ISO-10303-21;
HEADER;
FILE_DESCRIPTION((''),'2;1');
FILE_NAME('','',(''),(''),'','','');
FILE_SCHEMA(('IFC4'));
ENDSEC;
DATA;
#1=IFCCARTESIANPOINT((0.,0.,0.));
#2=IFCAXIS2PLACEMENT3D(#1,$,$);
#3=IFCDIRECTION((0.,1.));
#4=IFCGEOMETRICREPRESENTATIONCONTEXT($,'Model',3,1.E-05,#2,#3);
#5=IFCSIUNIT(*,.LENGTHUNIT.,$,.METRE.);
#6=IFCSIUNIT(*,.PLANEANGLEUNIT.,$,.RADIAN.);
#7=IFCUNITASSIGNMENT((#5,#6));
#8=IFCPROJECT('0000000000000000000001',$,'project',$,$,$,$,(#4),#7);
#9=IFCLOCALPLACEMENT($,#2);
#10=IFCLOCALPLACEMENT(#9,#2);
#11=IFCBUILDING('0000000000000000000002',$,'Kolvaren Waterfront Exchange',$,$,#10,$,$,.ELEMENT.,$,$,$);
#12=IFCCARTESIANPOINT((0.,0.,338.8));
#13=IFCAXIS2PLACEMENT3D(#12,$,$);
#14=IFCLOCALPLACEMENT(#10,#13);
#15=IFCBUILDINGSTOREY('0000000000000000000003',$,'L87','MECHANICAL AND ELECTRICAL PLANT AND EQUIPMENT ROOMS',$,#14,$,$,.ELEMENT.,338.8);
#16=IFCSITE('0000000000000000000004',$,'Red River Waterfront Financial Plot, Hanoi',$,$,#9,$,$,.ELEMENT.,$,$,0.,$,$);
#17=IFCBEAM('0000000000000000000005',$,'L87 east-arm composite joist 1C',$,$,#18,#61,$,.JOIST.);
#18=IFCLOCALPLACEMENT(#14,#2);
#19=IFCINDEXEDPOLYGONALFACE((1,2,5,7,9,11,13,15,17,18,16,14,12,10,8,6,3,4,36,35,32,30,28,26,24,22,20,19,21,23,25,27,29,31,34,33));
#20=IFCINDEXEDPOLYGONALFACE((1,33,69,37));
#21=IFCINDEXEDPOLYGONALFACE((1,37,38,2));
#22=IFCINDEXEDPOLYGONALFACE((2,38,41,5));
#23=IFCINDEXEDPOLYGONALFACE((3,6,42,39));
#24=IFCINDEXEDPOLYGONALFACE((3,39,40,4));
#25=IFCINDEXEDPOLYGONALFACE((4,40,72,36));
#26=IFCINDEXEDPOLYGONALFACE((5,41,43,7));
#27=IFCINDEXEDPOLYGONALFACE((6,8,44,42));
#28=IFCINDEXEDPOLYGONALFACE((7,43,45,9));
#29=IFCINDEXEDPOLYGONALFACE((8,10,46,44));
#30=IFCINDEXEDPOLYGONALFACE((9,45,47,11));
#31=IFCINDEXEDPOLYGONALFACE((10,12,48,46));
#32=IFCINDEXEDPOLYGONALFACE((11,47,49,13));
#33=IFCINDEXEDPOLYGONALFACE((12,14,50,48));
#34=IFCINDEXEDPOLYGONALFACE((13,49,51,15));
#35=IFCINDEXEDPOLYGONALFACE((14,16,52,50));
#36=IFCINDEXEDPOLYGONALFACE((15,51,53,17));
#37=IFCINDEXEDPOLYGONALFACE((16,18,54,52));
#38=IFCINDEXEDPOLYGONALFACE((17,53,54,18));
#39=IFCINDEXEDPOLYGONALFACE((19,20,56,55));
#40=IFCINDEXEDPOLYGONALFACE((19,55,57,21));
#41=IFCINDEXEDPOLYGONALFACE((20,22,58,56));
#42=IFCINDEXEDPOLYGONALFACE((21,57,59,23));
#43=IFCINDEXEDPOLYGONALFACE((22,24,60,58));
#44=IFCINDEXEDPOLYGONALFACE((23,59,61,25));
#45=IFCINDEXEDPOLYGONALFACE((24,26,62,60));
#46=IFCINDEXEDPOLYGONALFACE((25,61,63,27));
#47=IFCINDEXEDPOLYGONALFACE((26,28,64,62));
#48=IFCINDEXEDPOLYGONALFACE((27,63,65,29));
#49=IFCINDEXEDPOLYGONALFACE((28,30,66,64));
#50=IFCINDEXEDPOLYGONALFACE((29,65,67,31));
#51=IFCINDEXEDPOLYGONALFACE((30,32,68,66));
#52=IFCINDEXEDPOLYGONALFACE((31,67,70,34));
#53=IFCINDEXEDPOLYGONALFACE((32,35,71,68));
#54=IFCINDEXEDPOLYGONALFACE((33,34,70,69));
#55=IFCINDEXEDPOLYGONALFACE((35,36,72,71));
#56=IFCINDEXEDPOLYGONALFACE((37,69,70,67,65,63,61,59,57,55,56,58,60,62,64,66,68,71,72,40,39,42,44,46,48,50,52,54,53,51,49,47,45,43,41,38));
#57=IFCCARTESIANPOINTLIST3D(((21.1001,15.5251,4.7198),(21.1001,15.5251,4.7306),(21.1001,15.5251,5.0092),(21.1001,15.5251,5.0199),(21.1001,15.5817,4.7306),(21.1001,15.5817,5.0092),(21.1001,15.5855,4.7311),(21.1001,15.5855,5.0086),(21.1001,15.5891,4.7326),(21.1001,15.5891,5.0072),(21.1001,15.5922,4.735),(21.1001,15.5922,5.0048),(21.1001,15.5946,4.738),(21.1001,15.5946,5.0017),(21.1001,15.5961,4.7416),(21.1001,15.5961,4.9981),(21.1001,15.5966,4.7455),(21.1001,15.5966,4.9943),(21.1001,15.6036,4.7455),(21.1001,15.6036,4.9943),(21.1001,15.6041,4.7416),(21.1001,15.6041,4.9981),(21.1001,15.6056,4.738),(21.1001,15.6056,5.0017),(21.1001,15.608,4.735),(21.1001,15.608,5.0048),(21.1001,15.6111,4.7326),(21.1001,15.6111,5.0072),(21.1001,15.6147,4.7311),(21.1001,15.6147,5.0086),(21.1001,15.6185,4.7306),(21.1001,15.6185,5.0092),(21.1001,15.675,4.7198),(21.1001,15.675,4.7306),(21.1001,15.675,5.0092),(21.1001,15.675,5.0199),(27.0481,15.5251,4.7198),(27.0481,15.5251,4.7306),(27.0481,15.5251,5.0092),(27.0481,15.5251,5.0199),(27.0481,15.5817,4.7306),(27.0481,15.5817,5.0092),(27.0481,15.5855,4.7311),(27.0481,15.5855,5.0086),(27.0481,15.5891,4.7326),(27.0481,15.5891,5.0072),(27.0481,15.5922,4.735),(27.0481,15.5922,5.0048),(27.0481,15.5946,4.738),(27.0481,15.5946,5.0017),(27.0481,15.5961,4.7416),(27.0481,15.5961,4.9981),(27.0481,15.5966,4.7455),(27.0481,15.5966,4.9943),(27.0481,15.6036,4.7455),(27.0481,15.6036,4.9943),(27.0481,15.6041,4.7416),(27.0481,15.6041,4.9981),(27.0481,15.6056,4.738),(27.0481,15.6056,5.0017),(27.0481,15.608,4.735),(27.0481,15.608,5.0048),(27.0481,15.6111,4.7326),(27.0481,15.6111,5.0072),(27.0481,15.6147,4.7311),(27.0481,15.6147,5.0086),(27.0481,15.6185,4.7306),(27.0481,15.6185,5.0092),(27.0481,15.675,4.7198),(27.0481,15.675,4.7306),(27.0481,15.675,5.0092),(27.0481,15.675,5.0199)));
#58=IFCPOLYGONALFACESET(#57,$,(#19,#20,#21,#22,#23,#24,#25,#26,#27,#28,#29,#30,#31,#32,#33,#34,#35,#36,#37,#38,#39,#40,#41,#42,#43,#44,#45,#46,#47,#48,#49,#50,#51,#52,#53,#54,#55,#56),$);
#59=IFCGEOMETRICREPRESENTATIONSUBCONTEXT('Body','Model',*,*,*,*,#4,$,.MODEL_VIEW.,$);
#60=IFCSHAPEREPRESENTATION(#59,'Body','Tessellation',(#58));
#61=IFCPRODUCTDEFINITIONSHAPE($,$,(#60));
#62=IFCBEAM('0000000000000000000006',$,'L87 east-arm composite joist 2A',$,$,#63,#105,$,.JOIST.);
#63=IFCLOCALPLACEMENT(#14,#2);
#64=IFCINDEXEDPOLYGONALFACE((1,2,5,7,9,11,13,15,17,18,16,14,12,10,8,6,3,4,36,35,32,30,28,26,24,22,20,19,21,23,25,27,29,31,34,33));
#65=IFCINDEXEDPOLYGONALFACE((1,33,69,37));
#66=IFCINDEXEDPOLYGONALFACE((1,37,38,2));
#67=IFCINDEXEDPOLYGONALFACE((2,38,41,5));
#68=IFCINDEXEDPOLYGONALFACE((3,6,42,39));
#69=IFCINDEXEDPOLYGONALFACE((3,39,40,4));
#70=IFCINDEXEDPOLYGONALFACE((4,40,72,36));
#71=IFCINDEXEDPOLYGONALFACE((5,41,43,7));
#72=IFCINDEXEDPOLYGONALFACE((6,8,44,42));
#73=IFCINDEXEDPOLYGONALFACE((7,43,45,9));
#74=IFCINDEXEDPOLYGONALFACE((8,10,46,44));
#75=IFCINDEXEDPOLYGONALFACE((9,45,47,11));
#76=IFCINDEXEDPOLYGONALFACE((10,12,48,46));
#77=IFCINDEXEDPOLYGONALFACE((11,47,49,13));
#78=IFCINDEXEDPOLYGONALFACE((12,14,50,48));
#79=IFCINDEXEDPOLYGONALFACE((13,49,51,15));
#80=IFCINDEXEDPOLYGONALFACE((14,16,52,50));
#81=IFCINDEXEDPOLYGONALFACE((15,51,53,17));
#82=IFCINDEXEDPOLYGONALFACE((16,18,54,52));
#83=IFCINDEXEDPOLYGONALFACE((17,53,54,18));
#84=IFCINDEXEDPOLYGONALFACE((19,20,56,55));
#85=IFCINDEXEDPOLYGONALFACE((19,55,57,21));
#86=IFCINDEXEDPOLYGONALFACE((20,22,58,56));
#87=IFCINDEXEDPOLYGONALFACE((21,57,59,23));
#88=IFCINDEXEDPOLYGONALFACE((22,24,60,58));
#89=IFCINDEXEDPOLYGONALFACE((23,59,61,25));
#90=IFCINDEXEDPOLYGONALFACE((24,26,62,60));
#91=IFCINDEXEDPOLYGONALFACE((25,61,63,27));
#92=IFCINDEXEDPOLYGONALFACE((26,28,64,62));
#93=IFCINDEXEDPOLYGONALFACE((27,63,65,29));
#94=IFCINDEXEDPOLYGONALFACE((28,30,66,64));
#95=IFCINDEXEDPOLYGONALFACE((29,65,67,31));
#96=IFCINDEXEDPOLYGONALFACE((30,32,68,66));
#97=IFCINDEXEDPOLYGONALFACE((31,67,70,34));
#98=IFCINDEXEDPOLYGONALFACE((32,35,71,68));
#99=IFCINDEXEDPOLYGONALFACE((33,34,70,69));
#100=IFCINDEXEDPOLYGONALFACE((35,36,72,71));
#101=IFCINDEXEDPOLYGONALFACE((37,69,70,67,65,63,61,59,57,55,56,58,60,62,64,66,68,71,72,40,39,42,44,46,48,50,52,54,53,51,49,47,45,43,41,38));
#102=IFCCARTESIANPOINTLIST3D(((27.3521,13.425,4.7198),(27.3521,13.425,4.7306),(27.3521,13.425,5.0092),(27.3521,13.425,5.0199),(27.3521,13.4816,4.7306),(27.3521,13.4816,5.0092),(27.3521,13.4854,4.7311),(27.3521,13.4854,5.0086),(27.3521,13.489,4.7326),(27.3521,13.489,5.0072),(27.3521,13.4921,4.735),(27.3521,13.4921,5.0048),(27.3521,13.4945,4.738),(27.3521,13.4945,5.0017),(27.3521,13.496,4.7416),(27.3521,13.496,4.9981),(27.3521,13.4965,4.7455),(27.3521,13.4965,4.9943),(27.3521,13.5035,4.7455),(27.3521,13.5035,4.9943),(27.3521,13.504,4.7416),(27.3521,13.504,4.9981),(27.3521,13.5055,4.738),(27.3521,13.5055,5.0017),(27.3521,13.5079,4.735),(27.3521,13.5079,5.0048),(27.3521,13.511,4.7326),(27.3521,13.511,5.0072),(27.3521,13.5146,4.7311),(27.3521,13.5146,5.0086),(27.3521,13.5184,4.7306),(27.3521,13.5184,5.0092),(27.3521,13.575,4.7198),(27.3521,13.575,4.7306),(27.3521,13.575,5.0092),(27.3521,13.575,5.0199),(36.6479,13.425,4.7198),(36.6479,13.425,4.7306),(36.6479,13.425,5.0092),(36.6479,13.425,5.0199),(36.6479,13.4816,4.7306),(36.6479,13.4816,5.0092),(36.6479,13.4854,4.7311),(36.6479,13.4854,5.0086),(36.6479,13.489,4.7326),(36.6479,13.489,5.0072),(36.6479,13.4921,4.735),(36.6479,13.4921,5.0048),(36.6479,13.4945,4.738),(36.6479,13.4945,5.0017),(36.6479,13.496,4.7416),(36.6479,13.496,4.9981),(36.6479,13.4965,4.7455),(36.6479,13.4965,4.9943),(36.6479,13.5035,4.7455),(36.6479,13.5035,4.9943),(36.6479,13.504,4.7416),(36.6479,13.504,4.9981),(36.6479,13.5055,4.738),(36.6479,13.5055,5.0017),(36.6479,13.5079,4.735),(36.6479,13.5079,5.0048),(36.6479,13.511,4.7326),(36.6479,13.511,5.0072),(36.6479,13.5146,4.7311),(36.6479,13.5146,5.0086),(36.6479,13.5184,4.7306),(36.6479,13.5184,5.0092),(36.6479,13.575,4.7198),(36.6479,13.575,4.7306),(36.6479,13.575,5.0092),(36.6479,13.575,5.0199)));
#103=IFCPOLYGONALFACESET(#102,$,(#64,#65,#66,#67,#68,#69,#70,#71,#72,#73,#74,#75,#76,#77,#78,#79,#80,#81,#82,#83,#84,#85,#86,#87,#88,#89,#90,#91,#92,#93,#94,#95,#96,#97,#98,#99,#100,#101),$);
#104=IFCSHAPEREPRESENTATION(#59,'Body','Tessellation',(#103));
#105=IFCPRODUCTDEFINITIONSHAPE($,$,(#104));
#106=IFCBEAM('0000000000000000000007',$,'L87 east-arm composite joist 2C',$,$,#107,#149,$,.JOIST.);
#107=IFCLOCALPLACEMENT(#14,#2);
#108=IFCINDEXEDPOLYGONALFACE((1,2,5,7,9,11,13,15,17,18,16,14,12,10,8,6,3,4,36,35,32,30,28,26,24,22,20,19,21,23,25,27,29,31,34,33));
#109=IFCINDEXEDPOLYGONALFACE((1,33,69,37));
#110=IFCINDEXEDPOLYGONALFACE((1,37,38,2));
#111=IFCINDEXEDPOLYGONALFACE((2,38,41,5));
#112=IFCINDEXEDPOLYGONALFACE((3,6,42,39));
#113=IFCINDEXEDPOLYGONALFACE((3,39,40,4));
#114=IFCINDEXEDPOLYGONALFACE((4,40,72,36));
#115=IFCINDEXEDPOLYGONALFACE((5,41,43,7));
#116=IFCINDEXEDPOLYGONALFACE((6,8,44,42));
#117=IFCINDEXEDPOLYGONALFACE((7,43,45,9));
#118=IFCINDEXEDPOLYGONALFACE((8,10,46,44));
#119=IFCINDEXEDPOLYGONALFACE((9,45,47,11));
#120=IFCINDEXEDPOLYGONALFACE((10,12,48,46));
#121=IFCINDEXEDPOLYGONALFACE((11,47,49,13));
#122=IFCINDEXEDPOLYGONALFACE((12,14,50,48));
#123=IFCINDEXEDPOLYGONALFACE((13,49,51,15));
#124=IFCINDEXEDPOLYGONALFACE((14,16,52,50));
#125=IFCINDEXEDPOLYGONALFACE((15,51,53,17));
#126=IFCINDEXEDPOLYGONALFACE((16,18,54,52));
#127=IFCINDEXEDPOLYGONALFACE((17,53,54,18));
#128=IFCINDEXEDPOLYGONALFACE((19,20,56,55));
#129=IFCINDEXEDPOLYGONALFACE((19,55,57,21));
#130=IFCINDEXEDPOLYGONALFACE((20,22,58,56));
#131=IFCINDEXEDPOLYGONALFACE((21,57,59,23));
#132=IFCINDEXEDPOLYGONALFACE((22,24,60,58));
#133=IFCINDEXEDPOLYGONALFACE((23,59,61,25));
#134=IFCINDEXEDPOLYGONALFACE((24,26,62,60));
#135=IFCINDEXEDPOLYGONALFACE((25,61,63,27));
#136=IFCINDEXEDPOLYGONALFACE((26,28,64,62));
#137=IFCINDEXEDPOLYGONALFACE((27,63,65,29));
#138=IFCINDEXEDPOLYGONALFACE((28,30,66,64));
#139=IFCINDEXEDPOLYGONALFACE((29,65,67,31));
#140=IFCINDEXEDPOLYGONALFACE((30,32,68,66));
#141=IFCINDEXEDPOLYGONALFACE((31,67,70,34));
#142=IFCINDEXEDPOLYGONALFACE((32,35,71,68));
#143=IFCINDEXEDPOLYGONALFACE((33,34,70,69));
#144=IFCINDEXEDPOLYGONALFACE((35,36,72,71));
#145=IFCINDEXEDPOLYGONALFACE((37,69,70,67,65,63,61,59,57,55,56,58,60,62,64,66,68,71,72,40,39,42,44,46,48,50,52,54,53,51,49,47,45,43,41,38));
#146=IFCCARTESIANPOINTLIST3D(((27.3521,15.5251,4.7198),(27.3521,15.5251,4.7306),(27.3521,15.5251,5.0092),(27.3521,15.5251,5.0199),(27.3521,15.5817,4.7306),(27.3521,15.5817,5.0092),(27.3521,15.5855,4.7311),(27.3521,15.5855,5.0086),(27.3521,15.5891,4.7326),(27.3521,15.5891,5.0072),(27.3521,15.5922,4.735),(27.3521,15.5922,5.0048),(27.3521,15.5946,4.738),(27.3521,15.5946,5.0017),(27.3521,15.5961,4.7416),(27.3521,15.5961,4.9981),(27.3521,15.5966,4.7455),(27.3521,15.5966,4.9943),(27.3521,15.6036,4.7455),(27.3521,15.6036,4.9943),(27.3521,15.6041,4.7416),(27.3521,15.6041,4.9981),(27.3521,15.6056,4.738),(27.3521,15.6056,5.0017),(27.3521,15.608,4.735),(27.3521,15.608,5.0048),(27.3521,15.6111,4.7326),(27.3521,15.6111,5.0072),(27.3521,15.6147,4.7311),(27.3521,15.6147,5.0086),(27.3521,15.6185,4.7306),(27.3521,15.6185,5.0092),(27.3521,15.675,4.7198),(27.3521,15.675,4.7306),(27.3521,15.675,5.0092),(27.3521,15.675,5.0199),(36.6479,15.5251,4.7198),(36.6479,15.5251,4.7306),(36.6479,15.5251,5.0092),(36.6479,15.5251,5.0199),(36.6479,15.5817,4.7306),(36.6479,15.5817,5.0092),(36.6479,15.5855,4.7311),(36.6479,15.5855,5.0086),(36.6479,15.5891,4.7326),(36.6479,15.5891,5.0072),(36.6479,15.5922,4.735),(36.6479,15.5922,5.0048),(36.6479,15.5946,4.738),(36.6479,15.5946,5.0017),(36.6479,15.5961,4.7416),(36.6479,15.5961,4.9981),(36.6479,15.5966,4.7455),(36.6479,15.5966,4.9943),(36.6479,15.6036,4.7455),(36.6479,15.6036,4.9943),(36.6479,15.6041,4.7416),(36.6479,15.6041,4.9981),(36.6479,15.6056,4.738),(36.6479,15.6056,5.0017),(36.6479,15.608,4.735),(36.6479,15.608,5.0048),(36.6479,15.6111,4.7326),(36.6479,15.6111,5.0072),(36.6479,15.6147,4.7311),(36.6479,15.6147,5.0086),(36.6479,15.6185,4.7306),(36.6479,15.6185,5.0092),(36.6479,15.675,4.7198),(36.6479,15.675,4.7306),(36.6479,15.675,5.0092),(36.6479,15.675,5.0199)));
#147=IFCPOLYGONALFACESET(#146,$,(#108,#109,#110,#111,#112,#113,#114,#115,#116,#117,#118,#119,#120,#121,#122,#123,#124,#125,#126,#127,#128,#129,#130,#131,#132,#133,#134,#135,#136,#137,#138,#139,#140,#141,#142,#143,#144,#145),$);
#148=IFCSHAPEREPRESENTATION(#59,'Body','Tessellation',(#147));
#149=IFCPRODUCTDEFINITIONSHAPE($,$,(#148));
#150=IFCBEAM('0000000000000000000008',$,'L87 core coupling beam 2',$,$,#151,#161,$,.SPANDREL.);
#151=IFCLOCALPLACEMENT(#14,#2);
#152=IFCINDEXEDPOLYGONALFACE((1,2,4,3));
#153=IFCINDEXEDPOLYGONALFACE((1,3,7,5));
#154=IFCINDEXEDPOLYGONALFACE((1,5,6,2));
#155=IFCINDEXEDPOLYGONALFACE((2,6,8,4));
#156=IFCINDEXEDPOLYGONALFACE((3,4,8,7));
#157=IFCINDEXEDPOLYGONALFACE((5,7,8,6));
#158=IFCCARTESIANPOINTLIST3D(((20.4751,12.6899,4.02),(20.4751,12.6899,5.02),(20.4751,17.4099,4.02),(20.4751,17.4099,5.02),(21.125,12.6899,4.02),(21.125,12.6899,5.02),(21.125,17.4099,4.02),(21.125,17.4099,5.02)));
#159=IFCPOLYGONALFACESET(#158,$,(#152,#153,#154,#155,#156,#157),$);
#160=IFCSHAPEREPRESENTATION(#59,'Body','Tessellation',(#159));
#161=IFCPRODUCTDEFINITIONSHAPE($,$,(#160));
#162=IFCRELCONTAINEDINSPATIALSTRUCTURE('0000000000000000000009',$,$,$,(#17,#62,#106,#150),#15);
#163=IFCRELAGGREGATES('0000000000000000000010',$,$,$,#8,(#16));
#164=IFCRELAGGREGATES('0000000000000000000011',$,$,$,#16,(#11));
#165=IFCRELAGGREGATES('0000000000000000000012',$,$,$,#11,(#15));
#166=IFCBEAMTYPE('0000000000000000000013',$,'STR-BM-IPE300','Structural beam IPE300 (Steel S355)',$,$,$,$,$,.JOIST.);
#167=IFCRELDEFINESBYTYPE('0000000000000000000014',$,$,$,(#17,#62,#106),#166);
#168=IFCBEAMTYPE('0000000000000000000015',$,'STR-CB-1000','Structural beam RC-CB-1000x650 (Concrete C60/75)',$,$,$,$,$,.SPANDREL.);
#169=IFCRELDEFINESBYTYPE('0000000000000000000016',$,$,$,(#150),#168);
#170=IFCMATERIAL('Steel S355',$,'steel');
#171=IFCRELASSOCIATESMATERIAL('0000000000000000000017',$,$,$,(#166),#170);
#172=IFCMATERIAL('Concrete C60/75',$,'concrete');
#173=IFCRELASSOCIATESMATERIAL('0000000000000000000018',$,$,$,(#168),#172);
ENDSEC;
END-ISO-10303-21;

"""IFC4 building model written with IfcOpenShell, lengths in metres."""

from ifc_helpers import new_model, si_unit, direction, frame, origin, origin_2d, place, context, subcontext, project, spatial, rectangle, i_section, extrude, material, material_profile, profile_set, type_object, element, save


model = new_model("IFC4")

# Units and contexts
model_context = context("Model", 3, precision=1e-05, world=origin(), true_north=direction((0.0, 1.0)))
body_context = subcontext(model_context, "Body", "Model", "MODEL_VIEW")
ifc_project = project(units=[si_unit("LENGTHUNIT", "METRE"), si_unit("PLANEANGLEUNIT", "RADIAN")], contexts=[model_context])

# Site, building, storey
site_placement = place(None, origin())
site = spatial("IfcSite", under=ifc_project, at=site_placement, Name="Red River Waterfront Financial Plot, Hanoi", CompositionType="ELEMENT", RefElevation=0.0)
building_placement = place(site_placement, origin())
building = spatial("IfcBuilding", under=site, at=building_placement, Name="Kolvaren Waterfront Exchange", CompositionType="ELEMENT")
storey_placement = place(building_placement, frame((0.0, 0.0, 338.8)))
storey = spatial("IfcBuildingStorey", under=building, at=storey_placement, Name="L87", Description="MECHANICAL AND ELECTRICAL PLANT AND EQUIPMENT ROOMS", CompositionType="ELEMENT", Elevation=338.8)

# Beams
ifc_material_1 = material(Name="Steel S355", Category="steel")
ifc_material_profile_1 = material_profile(ifc_material_1, i_section(OverallWidth=0.1499, OverallDepth=0.3, WebThickness=0.0071, FlangeThickness=0.0107, FilletRadius=0.0149, at=origin_2d()), Name="IPE300")
ifc_profile_set_1 = profile_set([ifc_material_profile_1], Name="Steel S355")
beam_type_1 = type_object("IfcBeamType", Name="STR-BM-IPE300", Description="Structural beam IPE300 (Steel S355)", PredefinedType="JOIST", material=ifc_profile_set_1)
for number, where, z_axis, x_axis, name in (
    (1, (21.1001, 15.6001, 4.8699), (1.0, 0.0, 0.0), (0.0, 1.0, 0.0), "L87 east-arm composite joist 1C"),
):
    element("IfcBeam", number, at=place(storey_placement, frame(where, z_axis=z_axis, x_axis=x_axis)), inside=storey, type_object=beam_type_1, Name=name, PredefinedType="JOIST", context=body_context, shape_type="SweptSolid", body=[
        extrude(i_section(OverallWidth=0.1499, OverallDepth=0.3, WebThickness=0.0071, FlangeThickness=0.0107, FilletRadius=0.0149, at=origin_2d()), origin(), (0.0, 0.0, 1.0), 5.948),
    ])
for number, where, z_axis, x_axis, name in (
    (2, (27.3521, 13.5, 4.8699), (1.0, 0.0, 0.0), (0.0, 1.0, 0.0), "L87 east-arm composite joist 2A"),
    (3, (27.3521, 15.6001, 4.8699), (1.0, 0.0, 0.0), (0.0, 1.0, 0.0), "L87 east-arm composite joist 2C"),
):
    element("IfcBeam", number, at=place(storey_placement, frame(where, z_axis=z_axis, x_axis=x_axis)), inside=storey, type_object=beam_type_1, Name=name, PredefinedType="JOIST", context=body_context, shape_type="SweptSolid", body=[
        extrude(i_section(OverallWidth=0.1499, OverallDepth=0.3, WebThickness=0.0071, FlangeThickness=0.0107, FilletRadius=0.0149, at=origin_2d()), origin(), (0.0, 0.0, 1.0), 9.2959),
    ])
ifc_material_2 = material(Name="Concrete C60/75", Category="concrete")
ifc_material_profile_2 = material_profile(ifc_material_2, rectangle(XDim=0.6499, YDim=1.0, at=origin_2d()), Name="RC-CB-1000x650")
ifc_profile_set_2 = profile_set([ifc_material_profile_2], Name="Concrete C60/75")
beam_type_2 = type_object("IfcBeamType", Name="STR-CB-1000", Description="Structural beam RC-CB-1000x650 (Concrete C60/75)", PredefinedType="SPANDREL", material=ifc_profile_set_2)
beam_1_placement = place(storey_placement, frame((20.8, 12.6899, 4.52), z_axis=(0.0, 1.0, 0.0), x_axis=(-1.0, 0.0, 0.0)))
element("IfcBeam", 4, at=beam_1_placement, inside=storey, type_object=beam_type_2, Name="L87 core coupling beam 2", PredefinedType="SPANDREL", context=body_context, shape_type="SweptSolid", body=[
    extrude(rectangle(XDim=0.6499, YDim=1.0, at=origin_2d()), origin(), (0.0, 0.0, 1.0), 4.72),
])

save(model, "model.ifc")
